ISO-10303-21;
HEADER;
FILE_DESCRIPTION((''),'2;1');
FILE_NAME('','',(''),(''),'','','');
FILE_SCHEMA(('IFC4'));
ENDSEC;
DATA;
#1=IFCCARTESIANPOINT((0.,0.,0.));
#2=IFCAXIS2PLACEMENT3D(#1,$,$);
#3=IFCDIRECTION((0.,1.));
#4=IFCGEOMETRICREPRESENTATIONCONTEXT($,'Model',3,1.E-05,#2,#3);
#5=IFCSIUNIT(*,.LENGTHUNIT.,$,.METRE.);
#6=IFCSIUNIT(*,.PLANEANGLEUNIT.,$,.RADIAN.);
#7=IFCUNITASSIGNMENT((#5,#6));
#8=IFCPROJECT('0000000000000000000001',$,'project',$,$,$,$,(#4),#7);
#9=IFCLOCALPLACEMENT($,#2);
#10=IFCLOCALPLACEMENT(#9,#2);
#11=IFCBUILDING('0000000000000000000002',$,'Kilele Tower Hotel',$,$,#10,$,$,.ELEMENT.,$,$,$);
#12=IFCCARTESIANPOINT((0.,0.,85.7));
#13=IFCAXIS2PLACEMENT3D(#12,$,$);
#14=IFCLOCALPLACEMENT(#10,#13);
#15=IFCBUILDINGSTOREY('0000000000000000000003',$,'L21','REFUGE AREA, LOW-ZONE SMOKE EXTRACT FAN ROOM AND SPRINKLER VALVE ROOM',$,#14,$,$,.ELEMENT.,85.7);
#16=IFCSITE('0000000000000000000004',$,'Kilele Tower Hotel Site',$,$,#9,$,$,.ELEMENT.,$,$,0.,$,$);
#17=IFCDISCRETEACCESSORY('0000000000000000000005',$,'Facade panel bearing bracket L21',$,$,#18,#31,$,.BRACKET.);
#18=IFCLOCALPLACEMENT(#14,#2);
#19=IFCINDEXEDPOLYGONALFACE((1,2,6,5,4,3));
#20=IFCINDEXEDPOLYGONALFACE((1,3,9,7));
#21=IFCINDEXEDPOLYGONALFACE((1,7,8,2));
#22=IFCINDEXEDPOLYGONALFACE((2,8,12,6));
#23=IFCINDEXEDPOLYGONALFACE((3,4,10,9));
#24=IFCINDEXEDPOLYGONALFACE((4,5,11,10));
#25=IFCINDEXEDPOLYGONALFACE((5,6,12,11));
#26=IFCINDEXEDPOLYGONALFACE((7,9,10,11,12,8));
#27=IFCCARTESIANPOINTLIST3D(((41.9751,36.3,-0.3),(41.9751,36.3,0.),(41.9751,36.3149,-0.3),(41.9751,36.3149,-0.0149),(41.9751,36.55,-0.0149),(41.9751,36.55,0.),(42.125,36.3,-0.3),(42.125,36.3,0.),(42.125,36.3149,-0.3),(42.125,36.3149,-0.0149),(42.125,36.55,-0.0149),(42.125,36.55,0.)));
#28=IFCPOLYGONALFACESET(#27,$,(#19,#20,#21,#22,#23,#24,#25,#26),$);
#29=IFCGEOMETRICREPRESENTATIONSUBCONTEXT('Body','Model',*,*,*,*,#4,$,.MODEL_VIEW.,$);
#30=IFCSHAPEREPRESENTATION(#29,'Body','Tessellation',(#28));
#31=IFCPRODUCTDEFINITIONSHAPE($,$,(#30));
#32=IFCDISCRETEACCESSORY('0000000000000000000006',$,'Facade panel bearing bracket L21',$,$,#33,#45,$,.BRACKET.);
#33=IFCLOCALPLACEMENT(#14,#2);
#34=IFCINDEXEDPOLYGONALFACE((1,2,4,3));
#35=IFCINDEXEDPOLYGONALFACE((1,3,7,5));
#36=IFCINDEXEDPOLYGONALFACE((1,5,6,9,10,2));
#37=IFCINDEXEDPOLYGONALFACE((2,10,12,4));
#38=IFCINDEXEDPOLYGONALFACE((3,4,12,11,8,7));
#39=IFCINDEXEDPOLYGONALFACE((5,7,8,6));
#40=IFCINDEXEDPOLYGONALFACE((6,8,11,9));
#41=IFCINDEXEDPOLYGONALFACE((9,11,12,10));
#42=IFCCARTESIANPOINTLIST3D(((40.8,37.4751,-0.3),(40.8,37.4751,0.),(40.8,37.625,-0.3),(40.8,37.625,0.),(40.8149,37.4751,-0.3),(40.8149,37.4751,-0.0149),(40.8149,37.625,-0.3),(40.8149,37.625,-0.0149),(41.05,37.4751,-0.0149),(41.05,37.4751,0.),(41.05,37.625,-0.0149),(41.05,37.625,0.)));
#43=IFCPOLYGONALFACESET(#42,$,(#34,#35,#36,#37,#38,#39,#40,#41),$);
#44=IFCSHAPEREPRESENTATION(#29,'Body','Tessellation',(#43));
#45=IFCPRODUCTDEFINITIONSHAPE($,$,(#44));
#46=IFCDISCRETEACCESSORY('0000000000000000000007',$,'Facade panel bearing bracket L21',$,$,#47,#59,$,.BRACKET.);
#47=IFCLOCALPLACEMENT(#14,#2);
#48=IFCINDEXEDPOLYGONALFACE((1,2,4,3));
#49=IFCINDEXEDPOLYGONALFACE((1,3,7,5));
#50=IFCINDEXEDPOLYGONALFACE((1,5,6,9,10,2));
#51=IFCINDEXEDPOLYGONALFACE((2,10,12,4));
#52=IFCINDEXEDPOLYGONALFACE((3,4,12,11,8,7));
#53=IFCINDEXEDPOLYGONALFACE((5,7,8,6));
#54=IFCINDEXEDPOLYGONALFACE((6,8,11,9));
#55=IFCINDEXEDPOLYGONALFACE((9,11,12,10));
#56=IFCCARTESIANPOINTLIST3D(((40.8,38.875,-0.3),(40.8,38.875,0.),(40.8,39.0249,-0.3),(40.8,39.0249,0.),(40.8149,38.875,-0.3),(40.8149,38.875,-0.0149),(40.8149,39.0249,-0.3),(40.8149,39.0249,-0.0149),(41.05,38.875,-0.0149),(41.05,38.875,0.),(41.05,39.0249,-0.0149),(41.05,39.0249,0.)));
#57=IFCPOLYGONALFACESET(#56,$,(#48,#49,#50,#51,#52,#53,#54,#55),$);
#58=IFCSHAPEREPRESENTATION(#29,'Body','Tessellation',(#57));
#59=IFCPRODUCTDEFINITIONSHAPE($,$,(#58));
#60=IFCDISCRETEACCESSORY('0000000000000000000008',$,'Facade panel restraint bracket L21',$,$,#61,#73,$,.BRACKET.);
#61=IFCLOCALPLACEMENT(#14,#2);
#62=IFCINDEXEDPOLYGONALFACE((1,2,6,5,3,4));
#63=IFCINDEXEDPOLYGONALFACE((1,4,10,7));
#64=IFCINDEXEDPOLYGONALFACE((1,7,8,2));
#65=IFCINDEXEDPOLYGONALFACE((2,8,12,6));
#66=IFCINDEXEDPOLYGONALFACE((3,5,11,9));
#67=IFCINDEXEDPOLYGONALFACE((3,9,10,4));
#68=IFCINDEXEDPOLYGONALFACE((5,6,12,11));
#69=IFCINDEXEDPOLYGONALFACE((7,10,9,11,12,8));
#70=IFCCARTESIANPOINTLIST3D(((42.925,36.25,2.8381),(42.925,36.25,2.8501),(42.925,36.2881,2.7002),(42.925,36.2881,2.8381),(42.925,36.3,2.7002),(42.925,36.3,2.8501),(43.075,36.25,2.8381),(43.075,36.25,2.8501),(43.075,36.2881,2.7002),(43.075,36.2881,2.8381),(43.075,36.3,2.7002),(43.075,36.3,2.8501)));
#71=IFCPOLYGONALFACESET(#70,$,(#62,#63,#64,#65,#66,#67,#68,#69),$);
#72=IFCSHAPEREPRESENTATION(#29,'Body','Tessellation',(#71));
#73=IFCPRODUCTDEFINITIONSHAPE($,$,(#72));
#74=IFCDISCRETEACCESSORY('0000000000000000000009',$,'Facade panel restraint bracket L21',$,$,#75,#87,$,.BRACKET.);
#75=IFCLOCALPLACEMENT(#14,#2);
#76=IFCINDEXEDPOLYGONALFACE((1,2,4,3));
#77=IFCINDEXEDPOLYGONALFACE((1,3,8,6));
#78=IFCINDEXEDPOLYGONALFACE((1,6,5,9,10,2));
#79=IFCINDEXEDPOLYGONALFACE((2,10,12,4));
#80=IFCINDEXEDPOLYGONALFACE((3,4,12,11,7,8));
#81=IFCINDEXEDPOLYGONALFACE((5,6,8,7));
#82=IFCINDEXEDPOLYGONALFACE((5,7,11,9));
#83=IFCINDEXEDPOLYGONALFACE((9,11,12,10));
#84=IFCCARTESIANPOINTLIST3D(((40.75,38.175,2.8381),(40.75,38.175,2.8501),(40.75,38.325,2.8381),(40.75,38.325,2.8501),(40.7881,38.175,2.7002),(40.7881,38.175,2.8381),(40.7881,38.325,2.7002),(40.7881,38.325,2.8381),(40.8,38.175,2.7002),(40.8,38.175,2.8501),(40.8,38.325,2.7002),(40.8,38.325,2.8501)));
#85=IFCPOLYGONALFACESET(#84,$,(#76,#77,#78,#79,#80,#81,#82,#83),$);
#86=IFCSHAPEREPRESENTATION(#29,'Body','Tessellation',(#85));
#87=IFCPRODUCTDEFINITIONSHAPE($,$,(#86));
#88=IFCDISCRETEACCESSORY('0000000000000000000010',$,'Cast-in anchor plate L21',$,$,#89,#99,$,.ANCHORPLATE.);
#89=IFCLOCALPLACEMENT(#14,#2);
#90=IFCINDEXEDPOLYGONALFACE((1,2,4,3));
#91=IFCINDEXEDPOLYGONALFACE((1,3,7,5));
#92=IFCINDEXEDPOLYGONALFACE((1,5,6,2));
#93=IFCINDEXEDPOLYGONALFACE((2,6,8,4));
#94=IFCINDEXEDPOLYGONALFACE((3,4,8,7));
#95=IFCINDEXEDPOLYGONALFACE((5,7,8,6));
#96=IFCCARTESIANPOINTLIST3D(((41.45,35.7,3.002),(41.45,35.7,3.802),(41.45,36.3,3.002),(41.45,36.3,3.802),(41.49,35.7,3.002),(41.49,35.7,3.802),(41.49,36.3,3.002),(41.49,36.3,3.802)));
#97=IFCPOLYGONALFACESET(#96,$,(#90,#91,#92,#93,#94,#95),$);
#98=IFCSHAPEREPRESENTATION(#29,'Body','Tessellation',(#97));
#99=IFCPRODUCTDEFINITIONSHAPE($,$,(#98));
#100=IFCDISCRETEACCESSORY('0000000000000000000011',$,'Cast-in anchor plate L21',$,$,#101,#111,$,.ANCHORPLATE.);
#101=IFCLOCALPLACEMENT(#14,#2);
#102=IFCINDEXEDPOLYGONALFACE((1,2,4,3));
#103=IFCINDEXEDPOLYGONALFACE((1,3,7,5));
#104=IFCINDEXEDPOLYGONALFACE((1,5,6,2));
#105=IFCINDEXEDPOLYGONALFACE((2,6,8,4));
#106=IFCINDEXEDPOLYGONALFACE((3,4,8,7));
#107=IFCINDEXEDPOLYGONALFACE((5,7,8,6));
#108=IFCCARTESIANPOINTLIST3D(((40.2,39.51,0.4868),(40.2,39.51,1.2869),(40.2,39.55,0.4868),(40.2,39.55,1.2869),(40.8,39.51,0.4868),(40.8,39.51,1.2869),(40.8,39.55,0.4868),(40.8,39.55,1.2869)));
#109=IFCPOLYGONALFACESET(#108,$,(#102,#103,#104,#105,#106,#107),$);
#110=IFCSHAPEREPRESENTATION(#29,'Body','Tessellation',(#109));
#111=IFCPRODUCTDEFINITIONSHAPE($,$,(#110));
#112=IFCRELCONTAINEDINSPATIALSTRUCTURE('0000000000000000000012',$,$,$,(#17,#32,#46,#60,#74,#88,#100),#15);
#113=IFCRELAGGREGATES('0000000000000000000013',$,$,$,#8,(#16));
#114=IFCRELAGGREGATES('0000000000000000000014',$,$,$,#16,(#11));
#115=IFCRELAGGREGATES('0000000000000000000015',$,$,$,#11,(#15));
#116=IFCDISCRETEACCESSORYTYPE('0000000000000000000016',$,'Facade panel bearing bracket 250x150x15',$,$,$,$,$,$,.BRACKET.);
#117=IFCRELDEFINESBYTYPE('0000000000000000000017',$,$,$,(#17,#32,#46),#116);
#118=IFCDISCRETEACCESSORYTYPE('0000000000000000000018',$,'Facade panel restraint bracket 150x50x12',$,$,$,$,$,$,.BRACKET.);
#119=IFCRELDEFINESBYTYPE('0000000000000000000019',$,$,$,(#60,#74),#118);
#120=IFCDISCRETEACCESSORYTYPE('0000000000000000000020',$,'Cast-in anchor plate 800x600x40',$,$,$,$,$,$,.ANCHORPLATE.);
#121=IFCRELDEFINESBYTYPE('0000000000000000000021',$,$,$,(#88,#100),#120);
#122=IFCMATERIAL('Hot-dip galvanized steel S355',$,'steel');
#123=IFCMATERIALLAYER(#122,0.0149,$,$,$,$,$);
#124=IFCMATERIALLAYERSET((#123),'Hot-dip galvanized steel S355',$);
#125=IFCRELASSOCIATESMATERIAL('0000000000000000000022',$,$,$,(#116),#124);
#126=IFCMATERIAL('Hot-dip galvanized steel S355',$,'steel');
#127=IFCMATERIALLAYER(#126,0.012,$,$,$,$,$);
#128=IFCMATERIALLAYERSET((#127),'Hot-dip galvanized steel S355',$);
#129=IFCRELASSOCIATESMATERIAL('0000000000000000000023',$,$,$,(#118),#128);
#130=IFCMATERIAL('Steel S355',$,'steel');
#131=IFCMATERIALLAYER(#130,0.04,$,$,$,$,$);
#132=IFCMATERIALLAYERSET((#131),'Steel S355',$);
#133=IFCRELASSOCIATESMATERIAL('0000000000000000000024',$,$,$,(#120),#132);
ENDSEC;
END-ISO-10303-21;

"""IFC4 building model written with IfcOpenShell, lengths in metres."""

from ifc_helpers import new_model, si_unit, direction, frame, origin, place, context, subcontext, project, spatial, polyline, outline, extrude, source, transform, mapped, material, layer, layer_set, type_object, element, save


model = new_model("IFC4")

# Units and contexts
model_context = context("Model", 3, precision=1e-05, world=origin(), true_north=direction((0.0, 1.0)))
body_context = subcontext(model_context, "Body", "Model", "MODEL_VIEW")
ifc_project = project(units=[si_unit("LENGTHUNIT", "METRE"), si_unit("PLANEANGLEUNIT", "RADIAN")], contexts=[model_context])

# Site, building, storey
site_placement = place(None, origin())
site = spatial("IfcSite", under=ifc_project, at=site_placement, Name="Kilele Tower Hotel Site", CompositionType="ELEMENT", RefElevation=0.0)
building_placement = place(site_placement, origin())
building = spatial("IfcBuilding", under=site, at=building_placement, Name="Kilele Tower Hotel", CompositionType="ELEMENT")
storey_placement = place(building_placement, frame((0.0, 0.0, 85.7)))
storey = spatial("IfcBuildingStorey", under=building, at=storey_placement, Name="L21", Description="REFUGE AREA, LOW-ZONE SMOKE EXTRACT FAN ROOM AND SPRINKLER VALVE ROOM", CompositionType="ELEMENT", Elevation=85.7)

# Discrete accessories
ifc_material_1 = material(Name="Hot-dip galvanized steel S355", Category="steel")
ifc_layer_1 = layer(ifc_material_1, 0.0149)
ifc_layer_set_1 = layer_set([ifc_layer_1], Name="Hot-dip galvanized steel S355")
discrete_accessory_type_1 = type_object("IfcDiscreteAccessoryType", Name="Facade panel bearing bracket 250x150x15", PredefinedType="BRACKET", material=ifc_layer_set_1)
shared_shape_1 = source(origin(), body_context, "Body", "SweptSolid", [
    extrude(outline(polyline([(0.0, 0.0), (0.25, 0.0), (0.25, -0.0149), (0.0149, -0.0149), (0.0149, -0.3), (0.0, -0.3), (0.0, 0.0)])), origin(), (0.0, 0.0, 1.0), 0.1499),
])
for number, where, z_axis, x_axis, name in (
    (1, (41.9751, 36.3, 0.0), (1.0, 0.0, 0.0), (0.0, 1.0, 0.0), "Facade panel bearing bracket L21"),
    (2, (40.8, 37.625, 0.0), (0.0, -1.0, 0.0), (1.0, 0.0, 0.0), "Facade panel bearing bracket L21"),
    (3, (40.8, 39.0249, 0.0), (0.0, -1.0, 0.0), (1.0, 0.0, 0.0), "Facade panel bearing bracket L21"),
):
    element("IfcDiscreteAccessory", number, at=place(storey_placement, frame(where, z_axis=z_axis, x_axis=x_axis)), inside=storey, type_object=discrete_accessory_type_1, Name=name, PredefinedType="BRACKET", context=body_context, shape_type="MappedRepresentation", body=[
        mapped(shared_shape_1, transform((0.0, 0.0, 0.0))),
    ])
ifc_material_2 = material(Name="Hot-dip galvanized steel S355", Category="steel")
ifc_layer_2 = layer(ifc_material_2, 0.012)
ifc_layer_set_2 = layer_set([ifc_layer_2], Name="Hot-dip galvanized steel S355")
discrete_accessory_type_2 = type_object("IfcDiscreteAccessoryType", Name="Facade panel restraint bracket 150x50x12", PredefinedType="BRACKET", material=ifc_layer_set_2)
shared_shape_2 = source(origin(), body_context, "Body", "SweptSolid", [
    extrude(outline(polyline([(0.0, 0.0), (0.0, -0.1499), (-0.012, -0.1499), (-0.012, -0.012), (-0.05, -0.012), (-0.05, 0.0), (0.0, 0.0)])), origin(), (0.0, 0.0, 1.0), 0.1499),
])
for number, where, z_axis, x_axis, name in (
    (4, (42.925, 36.3, 2.8501), (1.0, 0.0, 0.0), (0.0, 1.0, 0.0), "Facade panel restraint bracket L21"),
    (5, (40.8, 38.325, 2.8501), (0.0, -1.0, 0.0), (1.0, 0.0, 0.0), "Facade panel restraint bracket L21"),
):
    element("IfcDiscreteAccessory", number, at=place(storey_placement, frame(where, z_axis=z_axis, x_axis=x_axis)), inside=storey, type_object=discrete_accessory_type_2, Name=name, PredefinedType="BRACKET", context=body_context, shape_type="MappedRepresentation", body=[
        mapped(shared_shape_2, transform((0.0, 0.0, 0.0))),
    ])
ifc_material_3 = material(Name="Steel S355", Category="steel")
ifc_layer_3 = layer(ifc_material_3, 0.04)
ifc_layer_set_3 = layer_set([ifc_layer_3], Name="Steel S355")
discrete_accessory_type_3 = type_object("IfcDiscreteAccessoryType", Name="Cast-in anchor plate 800x600x40", PredefinedType="ANCHORPLATE", material=ifc_layer_set_3)
shared_shape_3 = source(origin(), body_context, "Body", "SweptSolid", [
    extrude(outline(polyline([(0.0, 0.0), (0.04, 0.0), (0.04, 0.8), (0.0, 0.8), (0.0, 0.0)])), origin(), (0.0, 0.0, 1.0), 0.6001),
])
for number, where, z_axis, x_axis, name in (
    (6, (41.45, 36.3, 3.002), (0.0, -1.0, 0.0), (1.0, 0.0, 0.0), "Cast-in anchor plate L21"),
    (7, (40.8, 39.55, 0.4868), (-1.0, 0.0, 0.0), (0.0, -1.0, 0.0), "Cast-in anchor plate L21"),
):
    element("IfcDiscreteAccessory", number, at=place(storey_placement, frame(where, z_axis=z_axis, x_axis=x_axis)), inside=storey, type_object=discrete_accessory_type_3, Name=name, PredefinedType="ANCHORPLATE", context=body_context, shape_type="MappedRepresentation", body=[
        mapped(shared_shape_3, transform((0.0, 0.0, 0.0))),
    ])

save(model, "model.ifc")
